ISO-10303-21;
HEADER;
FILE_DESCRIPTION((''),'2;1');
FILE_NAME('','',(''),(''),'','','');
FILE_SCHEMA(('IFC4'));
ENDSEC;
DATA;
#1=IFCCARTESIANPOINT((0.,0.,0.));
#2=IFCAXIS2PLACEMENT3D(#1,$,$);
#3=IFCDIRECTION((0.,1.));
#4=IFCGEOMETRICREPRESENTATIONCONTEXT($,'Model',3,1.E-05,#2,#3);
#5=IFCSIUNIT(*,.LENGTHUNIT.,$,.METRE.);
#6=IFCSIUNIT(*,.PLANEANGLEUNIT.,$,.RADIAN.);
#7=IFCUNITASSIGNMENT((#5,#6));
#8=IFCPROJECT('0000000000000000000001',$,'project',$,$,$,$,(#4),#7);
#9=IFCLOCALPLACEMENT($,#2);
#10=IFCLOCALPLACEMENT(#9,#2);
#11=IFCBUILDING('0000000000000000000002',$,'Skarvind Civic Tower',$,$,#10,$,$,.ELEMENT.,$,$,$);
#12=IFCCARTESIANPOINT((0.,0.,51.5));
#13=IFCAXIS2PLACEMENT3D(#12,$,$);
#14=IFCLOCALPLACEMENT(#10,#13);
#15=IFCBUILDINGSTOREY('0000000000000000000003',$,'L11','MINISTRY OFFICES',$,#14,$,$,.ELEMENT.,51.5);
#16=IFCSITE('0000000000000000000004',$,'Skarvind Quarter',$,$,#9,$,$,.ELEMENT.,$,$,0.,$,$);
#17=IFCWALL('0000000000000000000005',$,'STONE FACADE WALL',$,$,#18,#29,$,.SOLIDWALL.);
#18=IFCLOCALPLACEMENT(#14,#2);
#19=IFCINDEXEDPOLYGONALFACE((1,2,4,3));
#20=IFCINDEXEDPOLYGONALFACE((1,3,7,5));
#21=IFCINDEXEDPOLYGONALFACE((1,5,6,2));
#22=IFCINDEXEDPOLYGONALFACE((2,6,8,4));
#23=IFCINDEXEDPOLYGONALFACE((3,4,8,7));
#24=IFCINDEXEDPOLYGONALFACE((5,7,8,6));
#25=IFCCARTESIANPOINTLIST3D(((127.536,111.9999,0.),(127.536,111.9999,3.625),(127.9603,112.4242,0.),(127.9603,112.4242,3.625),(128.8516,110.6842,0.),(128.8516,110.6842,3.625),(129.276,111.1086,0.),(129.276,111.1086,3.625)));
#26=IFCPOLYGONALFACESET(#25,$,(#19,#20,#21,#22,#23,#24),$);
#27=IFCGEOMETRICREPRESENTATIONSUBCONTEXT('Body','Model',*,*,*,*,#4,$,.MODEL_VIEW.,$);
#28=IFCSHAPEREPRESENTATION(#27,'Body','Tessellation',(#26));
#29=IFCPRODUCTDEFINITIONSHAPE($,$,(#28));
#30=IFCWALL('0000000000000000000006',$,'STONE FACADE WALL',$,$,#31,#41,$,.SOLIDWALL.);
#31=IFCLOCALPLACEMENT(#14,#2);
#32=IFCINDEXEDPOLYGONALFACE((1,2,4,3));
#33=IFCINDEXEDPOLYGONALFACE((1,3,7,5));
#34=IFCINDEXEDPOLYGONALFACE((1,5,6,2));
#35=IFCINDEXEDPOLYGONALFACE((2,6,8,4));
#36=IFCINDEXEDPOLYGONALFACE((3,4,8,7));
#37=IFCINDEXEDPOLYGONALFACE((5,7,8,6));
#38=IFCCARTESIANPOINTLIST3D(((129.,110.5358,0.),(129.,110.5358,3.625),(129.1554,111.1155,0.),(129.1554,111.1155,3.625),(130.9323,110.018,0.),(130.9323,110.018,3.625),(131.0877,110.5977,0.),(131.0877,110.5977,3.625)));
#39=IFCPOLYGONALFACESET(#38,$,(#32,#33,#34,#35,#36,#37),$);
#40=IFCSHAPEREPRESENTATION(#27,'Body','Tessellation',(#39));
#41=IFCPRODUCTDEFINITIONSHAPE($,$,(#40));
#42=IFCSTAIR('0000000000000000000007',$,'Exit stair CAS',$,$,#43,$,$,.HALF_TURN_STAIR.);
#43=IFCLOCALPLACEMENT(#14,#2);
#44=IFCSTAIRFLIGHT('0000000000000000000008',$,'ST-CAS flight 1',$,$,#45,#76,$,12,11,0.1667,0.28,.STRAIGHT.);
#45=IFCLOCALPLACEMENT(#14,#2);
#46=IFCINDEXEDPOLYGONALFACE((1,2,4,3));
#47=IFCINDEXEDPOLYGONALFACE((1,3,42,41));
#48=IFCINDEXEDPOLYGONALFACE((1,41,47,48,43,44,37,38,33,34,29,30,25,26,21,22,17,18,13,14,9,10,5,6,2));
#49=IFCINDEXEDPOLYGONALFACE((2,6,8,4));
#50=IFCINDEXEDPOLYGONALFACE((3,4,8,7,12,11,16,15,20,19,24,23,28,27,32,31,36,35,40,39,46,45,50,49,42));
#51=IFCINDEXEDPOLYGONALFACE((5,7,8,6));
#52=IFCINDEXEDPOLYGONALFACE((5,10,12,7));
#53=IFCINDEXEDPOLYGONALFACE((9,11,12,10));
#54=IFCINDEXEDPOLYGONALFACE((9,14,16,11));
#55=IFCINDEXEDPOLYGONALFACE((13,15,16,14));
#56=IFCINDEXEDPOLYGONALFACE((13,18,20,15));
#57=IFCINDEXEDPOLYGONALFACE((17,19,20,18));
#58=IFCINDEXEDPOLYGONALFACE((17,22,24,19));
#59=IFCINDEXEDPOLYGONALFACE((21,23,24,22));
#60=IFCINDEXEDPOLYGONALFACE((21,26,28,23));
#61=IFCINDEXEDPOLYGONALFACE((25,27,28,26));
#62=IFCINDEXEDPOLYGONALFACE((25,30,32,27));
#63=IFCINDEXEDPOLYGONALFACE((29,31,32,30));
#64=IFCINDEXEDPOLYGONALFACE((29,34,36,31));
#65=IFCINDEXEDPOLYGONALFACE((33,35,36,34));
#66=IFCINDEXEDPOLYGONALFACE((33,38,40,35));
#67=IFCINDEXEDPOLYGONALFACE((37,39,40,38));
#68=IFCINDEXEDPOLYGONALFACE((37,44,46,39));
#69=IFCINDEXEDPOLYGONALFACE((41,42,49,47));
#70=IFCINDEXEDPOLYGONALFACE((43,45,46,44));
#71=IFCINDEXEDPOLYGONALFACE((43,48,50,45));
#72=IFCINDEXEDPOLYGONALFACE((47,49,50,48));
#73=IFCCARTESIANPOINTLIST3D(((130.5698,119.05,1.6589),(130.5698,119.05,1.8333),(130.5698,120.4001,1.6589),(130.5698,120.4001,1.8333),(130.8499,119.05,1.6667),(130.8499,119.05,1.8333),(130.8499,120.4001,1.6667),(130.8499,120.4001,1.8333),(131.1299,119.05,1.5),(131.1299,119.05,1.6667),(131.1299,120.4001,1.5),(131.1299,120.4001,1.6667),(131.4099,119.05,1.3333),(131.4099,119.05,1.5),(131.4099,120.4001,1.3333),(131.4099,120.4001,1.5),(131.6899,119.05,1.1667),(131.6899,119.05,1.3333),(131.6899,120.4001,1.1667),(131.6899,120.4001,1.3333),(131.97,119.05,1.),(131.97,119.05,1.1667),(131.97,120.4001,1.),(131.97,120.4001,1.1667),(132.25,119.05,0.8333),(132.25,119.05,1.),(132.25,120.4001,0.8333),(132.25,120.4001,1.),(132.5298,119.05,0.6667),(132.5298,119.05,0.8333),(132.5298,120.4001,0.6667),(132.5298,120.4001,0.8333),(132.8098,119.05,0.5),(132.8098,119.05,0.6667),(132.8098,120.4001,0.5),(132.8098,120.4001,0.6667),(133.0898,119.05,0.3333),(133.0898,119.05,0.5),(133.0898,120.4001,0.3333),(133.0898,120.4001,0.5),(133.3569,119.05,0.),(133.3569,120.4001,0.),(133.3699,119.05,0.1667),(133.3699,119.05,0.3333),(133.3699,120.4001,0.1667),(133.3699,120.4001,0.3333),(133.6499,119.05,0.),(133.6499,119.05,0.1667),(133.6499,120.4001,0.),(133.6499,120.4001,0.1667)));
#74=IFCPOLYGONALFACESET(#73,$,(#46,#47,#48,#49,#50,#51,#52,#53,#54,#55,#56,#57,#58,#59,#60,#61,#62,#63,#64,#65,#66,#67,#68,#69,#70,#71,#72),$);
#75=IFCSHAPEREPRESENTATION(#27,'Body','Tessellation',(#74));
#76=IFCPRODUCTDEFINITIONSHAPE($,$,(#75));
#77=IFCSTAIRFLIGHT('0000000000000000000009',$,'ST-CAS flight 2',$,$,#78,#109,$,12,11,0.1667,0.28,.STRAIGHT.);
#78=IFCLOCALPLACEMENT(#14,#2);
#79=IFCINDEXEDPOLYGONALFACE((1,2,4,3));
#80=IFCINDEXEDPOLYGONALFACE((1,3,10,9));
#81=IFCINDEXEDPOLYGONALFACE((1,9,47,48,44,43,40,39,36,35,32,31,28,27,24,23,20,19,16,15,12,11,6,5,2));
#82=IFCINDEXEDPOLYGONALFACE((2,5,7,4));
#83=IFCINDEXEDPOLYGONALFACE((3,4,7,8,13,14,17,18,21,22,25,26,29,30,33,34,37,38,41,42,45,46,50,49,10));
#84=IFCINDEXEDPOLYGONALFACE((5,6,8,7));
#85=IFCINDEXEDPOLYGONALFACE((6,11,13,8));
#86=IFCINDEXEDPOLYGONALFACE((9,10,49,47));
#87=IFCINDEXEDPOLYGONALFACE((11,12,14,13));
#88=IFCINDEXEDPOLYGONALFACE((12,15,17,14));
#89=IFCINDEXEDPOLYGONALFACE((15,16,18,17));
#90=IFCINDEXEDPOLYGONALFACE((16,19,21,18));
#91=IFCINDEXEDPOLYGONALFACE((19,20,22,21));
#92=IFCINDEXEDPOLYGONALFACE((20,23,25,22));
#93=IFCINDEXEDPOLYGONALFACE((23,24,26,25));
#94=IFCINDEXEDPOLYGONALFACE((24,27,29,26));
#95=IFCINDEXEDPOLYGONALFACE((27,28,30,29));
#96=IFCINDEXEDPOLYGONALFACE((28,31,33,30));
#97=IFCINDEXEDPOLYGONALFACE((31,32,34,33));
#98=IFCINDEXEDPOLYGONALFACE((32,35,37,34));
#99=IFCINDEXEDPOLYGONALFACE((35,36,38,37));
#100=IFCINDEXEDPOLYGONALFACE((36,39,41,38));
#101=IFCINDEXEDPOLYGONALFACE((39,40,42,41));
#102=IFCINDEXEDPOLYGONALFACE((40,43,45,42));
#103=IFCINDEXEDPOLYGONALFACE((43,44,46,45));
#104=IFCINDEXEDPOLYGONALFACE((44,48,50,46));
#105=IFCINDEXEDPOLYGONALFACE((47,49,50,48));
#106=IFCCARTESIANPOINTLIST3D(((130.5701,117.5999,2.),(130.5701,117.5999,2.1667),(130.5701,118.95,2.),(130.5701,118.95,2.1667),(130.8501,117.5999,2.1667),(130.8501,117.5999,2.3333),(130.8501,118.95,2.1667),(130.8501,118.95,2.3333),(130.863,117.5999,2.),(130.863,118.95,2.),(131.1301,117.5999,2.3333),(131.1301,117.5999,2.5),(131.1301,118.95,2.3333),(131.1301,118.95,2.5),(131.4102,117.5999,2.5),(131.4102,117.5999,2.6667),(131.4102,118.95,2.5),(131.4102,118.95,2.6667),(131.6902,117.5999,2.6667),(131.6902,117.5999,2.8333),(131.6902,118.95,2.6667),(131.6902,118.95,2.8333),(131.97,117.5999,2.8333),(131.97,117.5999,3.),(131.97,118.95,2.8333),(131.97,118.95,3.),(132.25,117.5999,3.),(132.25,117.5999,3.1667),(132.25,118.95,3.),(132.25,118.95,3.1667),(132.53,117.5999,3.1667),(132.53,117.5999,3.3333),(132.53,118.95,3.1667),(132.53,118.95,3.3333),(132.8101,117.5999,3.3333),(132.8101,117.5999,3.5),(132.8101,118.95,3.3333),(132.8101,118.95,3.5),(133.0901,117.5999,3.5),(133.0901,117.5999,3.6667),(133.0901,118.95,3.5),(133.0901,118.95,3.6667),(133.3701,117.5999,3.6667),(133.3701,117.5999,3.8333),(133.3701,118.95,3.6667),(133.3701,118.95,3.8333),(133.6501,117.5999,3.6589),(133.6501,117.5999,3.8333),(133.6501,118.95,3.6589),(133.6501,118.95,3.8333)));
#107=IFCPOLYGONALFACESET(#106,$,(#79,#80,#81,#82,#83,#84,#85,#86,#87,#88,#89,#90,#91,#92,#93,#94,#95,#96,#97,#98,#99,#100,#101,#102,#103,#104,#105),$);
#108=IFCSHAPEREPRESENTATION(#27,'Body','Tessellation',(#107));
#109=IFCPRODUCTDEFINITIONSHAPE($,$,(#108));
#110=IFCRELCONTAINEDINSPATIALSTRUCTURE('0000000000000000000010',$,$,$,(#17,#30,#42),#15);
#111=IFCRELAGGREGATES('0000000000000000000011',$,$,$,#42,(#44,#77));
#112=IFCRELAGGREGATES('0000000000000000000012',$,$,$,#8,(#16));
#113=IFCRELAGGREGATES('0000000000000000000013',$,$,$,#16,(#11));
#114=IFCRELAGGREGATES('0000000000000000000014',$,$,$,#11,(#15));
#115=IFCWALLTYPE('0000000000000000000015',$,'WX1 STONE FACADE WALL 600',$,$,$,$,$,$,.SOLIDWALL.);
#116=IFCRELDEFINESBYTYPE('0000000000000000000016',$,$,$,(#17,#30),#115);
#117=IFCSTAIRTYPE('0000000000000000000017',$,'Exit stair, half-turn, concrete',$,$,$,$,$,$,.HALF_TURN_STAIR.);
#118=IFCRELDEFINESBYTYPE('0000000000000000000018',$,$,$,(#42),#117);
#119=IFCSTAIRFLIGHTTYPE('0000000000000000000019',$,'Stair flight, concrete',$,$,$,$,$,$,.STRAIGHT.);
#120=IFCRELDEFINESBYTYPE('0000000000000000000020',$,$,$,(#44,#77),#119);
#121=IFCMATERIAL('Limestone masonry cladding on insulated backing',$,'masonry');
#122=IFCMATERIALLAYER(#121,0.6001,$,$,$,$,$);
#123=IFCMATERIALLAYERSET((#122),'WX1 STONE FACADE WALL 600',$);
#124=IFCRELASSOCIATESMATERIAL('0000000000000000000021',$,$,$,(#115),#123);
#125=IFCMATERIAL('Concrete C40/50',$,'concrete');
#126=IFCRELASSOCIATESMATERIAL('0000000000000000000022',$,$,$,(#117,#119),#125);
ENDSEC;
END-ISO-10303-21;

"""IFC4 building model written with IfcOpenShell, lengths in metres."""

from ifc_helpers import new_model, si_unit, direction, frame, frame_2d, origin, place, context, subcontext, project, spatial, polyline, rectangle, outline, extrude, material, layer, layer_set, type_object, element, aggregate, save


model = new_model("IFC4")

# Units and contexts
model_context = context("Model", 3, precision=1e-05, world=origin(), true_north=direction((0.0, 1.0)))
body_context = subcontext(model_context, "Body", "Model", "MODEL_VIEW")
ifc_project = project(units=[si_unit("LENGTHUNIT", "METRE"), si_unit("PLANEANGLEUNIT", "RADIAN")], contexts=[model_context])

# Site, building, storey
site_placement = place(None, origin())
site = spatial("IfcSite", under=ifc_project, at=site_placement, Name="Skarvind Quarter", CompositionType="ELEMENT", RefElevation=0.0)
building_placement = place(site_placement, origin())
building = spatial("IfcBuilding", under=site, at=building_placement, Name="Skarvind Civic Tower", CompositionType="ELEMENT")
storey_placement = place(building_placement, frame((0.0, 0.0, 51.5)))
storey = spatial("IfcBuildingStorey", under=building, at=storey_placement, Name="L11", Description="MINISTRY OFFICES", CompositionType="ELEMENT", Elevation=51.5)

# Walls
ifc_material_1 = material(Name="Limestone masonry cladding on insulated backing", Category="masonry")
ifc_layer_1 = layer(ifc_material_1, 0.6001)
ifc_layer_set_1 = layer_set([ifc_layer_1], Name="WX1 STONE FACADE WALL 600")
wall_type_1 = type_object("IfcWallType", Name="WX1 STONE FACADE WALL 600", PredefinedType="SOLIDWALL", material=ifc_layer_set_1)
for number, where, z_axis, x_axis, name in (
    (1, (129.0637, 110.8965, 0.0), (0.0, 0.0, 1.0), (-0.707107, 0.707107, 0.0), "STONE FACADE WALL"),
):
    element("IfcWall", number, at=place(storey_placement, frame(where, z_axis=z_axis, x_axis=x_axis)), inside=storey, type_object=wall_type_1, Name=name, PredefinedType="SOLIDWALL", context=body_context, shape_type="SweptSolid", body=[
        extrude(rectangle(XDim=1.8606, YDim=0.6001, at=frame_2d((0.9302, 0.0))), origin(), (0.0, 0.0, 1.0), 3.625),
    ])
wall_1_placement = place(storey_placement, frame((131.01, 110.3079, 0.0), z_axis=(0.0, 0.0, 1.0), x_axis=(-0.96592, 0.25884, 0.0)))
element("IfcWall", 2, at=wall_1_placement, inside=storey, type_object=wall_type_1, Name="STONE FACADE WALL", PredefinedType="SOLIDWALL", context=body_context, shape_type="SweptSolid", body=[
    extrude(rectangle(XDim=2.0005, YDim=0.6001, at=frame_2d((1.0002, 0.0))), origin(), (0.0, 0.0, 1.0), 3.625),
])

# Stair, stair flights
ifc_material_2 = material(Name="Concrete C40/50", Category="concrete")
stair_type = type_object("IfcStairType", Name="Exit stair, half-turn, concrete", PredefinedType="HALF_TURN_STAIR", material=ifc_material_2)
stair_placement = place(storey_placement, origin())
stair = element("IfcStair", 3, at=stair_placement, inside=storey, type_object=stair_type, Name="Exit stair CAS", PredefinedType="HALF_TURN_STAIR")
stair_flight_type = type_object("IfcStairFlightType", Name="Stair flight, concrete", PredefinedType="STRAIGHT", material=ifc_material_2)
stair_flight_1_placement = place(storey_placement, frame((133.6499, 119.7251, 0.0), z_axis=(0.0, 0.0, 1.0), x_axis=(-1.0, 0.0, 0.0)))
stair_flight_1 = element("IfcStairFlight", 4, at=stair_flight_1_placement, type_object=stair_flight_type, Name="ST-CAS flight 1", NumberOfRisers=12, NumberOfTreads=11, PredefinedType="STRAIGHT", RiserHeight=0.1667, TreadLength=0.28, context=body_context, shape_type="SweptSolid", body=[
    extrude(outline(polyline([(0.0, 0.0), (0.0, 0.1667), (0.28, 0.1667), (0.28, 0.3333), (0.5601, 0.3333), (0.5601, 0.5), (0.8401, 0.5), (0.8401, 0.6667), (1.1201, 0.6667), (1.1201, 0.8333), (1.3999, 0.8333), (1.3999, 1.0), (1.6799, 1.0), (1.6799, 1.1667), (1.96, 1.1667), (1.96, 1.3333), (2.24, 1.3333), (2.24, 1.5), (2.52, 1.5), (2.52, 1.6667), (2.8, 1.6667), (2.8, 1.8333), (3.0801, 1.8333), (3.0801, 2.0), (3.0801, 1.6589), (0.293, 0.0), (0.0, 0.0)])), frame((0.0, 0.675, 0.0), z_axis=(0.0, -1.0, 0.0), x_axis=(1.0, 0.0, 0.0)), (0.0, 0.0, 1.0), 1.3501),
])
stair_flight_2_placement = place(storey_placement, frame((130.5701, 118.2749, 2.0), z_axis=(0.0, 0.0, 1.0), x_axis=(1.0, 0.0, 0.0)))
stair_flight_2 = element("IfcStairFlight", 5, at=stair_flight_2_placement, type_object=stair_flight_type, Name="ST-CAS flight 2", NumberOfRisers=12, NumberOfTreads=11, PredefinedType="STRAIGHT", RiserHeight=0.1667, TreadLength=0.28, context=body_context, shape_type="SweptSolid", body=[
    extrude(outline(polyline([(0.0, 0.0), (0.0, 0.1667), (0.28, 0.1667), (0.28, 0.3333), (0.5601, 0.3333), (0.5601, 0.5), (0.8401, 0.5), (0.8401, 0.6667), (1.1201, 0.6667), (1.1201, 0.8333), (1.3999, 0.8333), (1.3999, 1.0), (1.6799, 1.0), (1.6799, 1.1667), (1.96, 1.1667), (1.96, 1.3333), (2.24, 1.3333), (2.24, 1.5), (2.52, 1.5), (2.52, 1.6667), (2.8, 1.6667), (2.8, 1.8333), (3.0801, 1.8333), (3.0801, 2.0), (3.0801, 1.6589), (0.293, 0.0), (0.0, 0.0)])), frame((0.0, 0.675, 0.0), z_axis=(0.0, -1.0, 0.0), x_axis=(1.0, 0.0, 0.0)), (0.0, 0.0, 1.0), 1.3501),
])
aggregate(stair, [stair_flight_1, stair_flight_2])

save(model, "model.ifc")
